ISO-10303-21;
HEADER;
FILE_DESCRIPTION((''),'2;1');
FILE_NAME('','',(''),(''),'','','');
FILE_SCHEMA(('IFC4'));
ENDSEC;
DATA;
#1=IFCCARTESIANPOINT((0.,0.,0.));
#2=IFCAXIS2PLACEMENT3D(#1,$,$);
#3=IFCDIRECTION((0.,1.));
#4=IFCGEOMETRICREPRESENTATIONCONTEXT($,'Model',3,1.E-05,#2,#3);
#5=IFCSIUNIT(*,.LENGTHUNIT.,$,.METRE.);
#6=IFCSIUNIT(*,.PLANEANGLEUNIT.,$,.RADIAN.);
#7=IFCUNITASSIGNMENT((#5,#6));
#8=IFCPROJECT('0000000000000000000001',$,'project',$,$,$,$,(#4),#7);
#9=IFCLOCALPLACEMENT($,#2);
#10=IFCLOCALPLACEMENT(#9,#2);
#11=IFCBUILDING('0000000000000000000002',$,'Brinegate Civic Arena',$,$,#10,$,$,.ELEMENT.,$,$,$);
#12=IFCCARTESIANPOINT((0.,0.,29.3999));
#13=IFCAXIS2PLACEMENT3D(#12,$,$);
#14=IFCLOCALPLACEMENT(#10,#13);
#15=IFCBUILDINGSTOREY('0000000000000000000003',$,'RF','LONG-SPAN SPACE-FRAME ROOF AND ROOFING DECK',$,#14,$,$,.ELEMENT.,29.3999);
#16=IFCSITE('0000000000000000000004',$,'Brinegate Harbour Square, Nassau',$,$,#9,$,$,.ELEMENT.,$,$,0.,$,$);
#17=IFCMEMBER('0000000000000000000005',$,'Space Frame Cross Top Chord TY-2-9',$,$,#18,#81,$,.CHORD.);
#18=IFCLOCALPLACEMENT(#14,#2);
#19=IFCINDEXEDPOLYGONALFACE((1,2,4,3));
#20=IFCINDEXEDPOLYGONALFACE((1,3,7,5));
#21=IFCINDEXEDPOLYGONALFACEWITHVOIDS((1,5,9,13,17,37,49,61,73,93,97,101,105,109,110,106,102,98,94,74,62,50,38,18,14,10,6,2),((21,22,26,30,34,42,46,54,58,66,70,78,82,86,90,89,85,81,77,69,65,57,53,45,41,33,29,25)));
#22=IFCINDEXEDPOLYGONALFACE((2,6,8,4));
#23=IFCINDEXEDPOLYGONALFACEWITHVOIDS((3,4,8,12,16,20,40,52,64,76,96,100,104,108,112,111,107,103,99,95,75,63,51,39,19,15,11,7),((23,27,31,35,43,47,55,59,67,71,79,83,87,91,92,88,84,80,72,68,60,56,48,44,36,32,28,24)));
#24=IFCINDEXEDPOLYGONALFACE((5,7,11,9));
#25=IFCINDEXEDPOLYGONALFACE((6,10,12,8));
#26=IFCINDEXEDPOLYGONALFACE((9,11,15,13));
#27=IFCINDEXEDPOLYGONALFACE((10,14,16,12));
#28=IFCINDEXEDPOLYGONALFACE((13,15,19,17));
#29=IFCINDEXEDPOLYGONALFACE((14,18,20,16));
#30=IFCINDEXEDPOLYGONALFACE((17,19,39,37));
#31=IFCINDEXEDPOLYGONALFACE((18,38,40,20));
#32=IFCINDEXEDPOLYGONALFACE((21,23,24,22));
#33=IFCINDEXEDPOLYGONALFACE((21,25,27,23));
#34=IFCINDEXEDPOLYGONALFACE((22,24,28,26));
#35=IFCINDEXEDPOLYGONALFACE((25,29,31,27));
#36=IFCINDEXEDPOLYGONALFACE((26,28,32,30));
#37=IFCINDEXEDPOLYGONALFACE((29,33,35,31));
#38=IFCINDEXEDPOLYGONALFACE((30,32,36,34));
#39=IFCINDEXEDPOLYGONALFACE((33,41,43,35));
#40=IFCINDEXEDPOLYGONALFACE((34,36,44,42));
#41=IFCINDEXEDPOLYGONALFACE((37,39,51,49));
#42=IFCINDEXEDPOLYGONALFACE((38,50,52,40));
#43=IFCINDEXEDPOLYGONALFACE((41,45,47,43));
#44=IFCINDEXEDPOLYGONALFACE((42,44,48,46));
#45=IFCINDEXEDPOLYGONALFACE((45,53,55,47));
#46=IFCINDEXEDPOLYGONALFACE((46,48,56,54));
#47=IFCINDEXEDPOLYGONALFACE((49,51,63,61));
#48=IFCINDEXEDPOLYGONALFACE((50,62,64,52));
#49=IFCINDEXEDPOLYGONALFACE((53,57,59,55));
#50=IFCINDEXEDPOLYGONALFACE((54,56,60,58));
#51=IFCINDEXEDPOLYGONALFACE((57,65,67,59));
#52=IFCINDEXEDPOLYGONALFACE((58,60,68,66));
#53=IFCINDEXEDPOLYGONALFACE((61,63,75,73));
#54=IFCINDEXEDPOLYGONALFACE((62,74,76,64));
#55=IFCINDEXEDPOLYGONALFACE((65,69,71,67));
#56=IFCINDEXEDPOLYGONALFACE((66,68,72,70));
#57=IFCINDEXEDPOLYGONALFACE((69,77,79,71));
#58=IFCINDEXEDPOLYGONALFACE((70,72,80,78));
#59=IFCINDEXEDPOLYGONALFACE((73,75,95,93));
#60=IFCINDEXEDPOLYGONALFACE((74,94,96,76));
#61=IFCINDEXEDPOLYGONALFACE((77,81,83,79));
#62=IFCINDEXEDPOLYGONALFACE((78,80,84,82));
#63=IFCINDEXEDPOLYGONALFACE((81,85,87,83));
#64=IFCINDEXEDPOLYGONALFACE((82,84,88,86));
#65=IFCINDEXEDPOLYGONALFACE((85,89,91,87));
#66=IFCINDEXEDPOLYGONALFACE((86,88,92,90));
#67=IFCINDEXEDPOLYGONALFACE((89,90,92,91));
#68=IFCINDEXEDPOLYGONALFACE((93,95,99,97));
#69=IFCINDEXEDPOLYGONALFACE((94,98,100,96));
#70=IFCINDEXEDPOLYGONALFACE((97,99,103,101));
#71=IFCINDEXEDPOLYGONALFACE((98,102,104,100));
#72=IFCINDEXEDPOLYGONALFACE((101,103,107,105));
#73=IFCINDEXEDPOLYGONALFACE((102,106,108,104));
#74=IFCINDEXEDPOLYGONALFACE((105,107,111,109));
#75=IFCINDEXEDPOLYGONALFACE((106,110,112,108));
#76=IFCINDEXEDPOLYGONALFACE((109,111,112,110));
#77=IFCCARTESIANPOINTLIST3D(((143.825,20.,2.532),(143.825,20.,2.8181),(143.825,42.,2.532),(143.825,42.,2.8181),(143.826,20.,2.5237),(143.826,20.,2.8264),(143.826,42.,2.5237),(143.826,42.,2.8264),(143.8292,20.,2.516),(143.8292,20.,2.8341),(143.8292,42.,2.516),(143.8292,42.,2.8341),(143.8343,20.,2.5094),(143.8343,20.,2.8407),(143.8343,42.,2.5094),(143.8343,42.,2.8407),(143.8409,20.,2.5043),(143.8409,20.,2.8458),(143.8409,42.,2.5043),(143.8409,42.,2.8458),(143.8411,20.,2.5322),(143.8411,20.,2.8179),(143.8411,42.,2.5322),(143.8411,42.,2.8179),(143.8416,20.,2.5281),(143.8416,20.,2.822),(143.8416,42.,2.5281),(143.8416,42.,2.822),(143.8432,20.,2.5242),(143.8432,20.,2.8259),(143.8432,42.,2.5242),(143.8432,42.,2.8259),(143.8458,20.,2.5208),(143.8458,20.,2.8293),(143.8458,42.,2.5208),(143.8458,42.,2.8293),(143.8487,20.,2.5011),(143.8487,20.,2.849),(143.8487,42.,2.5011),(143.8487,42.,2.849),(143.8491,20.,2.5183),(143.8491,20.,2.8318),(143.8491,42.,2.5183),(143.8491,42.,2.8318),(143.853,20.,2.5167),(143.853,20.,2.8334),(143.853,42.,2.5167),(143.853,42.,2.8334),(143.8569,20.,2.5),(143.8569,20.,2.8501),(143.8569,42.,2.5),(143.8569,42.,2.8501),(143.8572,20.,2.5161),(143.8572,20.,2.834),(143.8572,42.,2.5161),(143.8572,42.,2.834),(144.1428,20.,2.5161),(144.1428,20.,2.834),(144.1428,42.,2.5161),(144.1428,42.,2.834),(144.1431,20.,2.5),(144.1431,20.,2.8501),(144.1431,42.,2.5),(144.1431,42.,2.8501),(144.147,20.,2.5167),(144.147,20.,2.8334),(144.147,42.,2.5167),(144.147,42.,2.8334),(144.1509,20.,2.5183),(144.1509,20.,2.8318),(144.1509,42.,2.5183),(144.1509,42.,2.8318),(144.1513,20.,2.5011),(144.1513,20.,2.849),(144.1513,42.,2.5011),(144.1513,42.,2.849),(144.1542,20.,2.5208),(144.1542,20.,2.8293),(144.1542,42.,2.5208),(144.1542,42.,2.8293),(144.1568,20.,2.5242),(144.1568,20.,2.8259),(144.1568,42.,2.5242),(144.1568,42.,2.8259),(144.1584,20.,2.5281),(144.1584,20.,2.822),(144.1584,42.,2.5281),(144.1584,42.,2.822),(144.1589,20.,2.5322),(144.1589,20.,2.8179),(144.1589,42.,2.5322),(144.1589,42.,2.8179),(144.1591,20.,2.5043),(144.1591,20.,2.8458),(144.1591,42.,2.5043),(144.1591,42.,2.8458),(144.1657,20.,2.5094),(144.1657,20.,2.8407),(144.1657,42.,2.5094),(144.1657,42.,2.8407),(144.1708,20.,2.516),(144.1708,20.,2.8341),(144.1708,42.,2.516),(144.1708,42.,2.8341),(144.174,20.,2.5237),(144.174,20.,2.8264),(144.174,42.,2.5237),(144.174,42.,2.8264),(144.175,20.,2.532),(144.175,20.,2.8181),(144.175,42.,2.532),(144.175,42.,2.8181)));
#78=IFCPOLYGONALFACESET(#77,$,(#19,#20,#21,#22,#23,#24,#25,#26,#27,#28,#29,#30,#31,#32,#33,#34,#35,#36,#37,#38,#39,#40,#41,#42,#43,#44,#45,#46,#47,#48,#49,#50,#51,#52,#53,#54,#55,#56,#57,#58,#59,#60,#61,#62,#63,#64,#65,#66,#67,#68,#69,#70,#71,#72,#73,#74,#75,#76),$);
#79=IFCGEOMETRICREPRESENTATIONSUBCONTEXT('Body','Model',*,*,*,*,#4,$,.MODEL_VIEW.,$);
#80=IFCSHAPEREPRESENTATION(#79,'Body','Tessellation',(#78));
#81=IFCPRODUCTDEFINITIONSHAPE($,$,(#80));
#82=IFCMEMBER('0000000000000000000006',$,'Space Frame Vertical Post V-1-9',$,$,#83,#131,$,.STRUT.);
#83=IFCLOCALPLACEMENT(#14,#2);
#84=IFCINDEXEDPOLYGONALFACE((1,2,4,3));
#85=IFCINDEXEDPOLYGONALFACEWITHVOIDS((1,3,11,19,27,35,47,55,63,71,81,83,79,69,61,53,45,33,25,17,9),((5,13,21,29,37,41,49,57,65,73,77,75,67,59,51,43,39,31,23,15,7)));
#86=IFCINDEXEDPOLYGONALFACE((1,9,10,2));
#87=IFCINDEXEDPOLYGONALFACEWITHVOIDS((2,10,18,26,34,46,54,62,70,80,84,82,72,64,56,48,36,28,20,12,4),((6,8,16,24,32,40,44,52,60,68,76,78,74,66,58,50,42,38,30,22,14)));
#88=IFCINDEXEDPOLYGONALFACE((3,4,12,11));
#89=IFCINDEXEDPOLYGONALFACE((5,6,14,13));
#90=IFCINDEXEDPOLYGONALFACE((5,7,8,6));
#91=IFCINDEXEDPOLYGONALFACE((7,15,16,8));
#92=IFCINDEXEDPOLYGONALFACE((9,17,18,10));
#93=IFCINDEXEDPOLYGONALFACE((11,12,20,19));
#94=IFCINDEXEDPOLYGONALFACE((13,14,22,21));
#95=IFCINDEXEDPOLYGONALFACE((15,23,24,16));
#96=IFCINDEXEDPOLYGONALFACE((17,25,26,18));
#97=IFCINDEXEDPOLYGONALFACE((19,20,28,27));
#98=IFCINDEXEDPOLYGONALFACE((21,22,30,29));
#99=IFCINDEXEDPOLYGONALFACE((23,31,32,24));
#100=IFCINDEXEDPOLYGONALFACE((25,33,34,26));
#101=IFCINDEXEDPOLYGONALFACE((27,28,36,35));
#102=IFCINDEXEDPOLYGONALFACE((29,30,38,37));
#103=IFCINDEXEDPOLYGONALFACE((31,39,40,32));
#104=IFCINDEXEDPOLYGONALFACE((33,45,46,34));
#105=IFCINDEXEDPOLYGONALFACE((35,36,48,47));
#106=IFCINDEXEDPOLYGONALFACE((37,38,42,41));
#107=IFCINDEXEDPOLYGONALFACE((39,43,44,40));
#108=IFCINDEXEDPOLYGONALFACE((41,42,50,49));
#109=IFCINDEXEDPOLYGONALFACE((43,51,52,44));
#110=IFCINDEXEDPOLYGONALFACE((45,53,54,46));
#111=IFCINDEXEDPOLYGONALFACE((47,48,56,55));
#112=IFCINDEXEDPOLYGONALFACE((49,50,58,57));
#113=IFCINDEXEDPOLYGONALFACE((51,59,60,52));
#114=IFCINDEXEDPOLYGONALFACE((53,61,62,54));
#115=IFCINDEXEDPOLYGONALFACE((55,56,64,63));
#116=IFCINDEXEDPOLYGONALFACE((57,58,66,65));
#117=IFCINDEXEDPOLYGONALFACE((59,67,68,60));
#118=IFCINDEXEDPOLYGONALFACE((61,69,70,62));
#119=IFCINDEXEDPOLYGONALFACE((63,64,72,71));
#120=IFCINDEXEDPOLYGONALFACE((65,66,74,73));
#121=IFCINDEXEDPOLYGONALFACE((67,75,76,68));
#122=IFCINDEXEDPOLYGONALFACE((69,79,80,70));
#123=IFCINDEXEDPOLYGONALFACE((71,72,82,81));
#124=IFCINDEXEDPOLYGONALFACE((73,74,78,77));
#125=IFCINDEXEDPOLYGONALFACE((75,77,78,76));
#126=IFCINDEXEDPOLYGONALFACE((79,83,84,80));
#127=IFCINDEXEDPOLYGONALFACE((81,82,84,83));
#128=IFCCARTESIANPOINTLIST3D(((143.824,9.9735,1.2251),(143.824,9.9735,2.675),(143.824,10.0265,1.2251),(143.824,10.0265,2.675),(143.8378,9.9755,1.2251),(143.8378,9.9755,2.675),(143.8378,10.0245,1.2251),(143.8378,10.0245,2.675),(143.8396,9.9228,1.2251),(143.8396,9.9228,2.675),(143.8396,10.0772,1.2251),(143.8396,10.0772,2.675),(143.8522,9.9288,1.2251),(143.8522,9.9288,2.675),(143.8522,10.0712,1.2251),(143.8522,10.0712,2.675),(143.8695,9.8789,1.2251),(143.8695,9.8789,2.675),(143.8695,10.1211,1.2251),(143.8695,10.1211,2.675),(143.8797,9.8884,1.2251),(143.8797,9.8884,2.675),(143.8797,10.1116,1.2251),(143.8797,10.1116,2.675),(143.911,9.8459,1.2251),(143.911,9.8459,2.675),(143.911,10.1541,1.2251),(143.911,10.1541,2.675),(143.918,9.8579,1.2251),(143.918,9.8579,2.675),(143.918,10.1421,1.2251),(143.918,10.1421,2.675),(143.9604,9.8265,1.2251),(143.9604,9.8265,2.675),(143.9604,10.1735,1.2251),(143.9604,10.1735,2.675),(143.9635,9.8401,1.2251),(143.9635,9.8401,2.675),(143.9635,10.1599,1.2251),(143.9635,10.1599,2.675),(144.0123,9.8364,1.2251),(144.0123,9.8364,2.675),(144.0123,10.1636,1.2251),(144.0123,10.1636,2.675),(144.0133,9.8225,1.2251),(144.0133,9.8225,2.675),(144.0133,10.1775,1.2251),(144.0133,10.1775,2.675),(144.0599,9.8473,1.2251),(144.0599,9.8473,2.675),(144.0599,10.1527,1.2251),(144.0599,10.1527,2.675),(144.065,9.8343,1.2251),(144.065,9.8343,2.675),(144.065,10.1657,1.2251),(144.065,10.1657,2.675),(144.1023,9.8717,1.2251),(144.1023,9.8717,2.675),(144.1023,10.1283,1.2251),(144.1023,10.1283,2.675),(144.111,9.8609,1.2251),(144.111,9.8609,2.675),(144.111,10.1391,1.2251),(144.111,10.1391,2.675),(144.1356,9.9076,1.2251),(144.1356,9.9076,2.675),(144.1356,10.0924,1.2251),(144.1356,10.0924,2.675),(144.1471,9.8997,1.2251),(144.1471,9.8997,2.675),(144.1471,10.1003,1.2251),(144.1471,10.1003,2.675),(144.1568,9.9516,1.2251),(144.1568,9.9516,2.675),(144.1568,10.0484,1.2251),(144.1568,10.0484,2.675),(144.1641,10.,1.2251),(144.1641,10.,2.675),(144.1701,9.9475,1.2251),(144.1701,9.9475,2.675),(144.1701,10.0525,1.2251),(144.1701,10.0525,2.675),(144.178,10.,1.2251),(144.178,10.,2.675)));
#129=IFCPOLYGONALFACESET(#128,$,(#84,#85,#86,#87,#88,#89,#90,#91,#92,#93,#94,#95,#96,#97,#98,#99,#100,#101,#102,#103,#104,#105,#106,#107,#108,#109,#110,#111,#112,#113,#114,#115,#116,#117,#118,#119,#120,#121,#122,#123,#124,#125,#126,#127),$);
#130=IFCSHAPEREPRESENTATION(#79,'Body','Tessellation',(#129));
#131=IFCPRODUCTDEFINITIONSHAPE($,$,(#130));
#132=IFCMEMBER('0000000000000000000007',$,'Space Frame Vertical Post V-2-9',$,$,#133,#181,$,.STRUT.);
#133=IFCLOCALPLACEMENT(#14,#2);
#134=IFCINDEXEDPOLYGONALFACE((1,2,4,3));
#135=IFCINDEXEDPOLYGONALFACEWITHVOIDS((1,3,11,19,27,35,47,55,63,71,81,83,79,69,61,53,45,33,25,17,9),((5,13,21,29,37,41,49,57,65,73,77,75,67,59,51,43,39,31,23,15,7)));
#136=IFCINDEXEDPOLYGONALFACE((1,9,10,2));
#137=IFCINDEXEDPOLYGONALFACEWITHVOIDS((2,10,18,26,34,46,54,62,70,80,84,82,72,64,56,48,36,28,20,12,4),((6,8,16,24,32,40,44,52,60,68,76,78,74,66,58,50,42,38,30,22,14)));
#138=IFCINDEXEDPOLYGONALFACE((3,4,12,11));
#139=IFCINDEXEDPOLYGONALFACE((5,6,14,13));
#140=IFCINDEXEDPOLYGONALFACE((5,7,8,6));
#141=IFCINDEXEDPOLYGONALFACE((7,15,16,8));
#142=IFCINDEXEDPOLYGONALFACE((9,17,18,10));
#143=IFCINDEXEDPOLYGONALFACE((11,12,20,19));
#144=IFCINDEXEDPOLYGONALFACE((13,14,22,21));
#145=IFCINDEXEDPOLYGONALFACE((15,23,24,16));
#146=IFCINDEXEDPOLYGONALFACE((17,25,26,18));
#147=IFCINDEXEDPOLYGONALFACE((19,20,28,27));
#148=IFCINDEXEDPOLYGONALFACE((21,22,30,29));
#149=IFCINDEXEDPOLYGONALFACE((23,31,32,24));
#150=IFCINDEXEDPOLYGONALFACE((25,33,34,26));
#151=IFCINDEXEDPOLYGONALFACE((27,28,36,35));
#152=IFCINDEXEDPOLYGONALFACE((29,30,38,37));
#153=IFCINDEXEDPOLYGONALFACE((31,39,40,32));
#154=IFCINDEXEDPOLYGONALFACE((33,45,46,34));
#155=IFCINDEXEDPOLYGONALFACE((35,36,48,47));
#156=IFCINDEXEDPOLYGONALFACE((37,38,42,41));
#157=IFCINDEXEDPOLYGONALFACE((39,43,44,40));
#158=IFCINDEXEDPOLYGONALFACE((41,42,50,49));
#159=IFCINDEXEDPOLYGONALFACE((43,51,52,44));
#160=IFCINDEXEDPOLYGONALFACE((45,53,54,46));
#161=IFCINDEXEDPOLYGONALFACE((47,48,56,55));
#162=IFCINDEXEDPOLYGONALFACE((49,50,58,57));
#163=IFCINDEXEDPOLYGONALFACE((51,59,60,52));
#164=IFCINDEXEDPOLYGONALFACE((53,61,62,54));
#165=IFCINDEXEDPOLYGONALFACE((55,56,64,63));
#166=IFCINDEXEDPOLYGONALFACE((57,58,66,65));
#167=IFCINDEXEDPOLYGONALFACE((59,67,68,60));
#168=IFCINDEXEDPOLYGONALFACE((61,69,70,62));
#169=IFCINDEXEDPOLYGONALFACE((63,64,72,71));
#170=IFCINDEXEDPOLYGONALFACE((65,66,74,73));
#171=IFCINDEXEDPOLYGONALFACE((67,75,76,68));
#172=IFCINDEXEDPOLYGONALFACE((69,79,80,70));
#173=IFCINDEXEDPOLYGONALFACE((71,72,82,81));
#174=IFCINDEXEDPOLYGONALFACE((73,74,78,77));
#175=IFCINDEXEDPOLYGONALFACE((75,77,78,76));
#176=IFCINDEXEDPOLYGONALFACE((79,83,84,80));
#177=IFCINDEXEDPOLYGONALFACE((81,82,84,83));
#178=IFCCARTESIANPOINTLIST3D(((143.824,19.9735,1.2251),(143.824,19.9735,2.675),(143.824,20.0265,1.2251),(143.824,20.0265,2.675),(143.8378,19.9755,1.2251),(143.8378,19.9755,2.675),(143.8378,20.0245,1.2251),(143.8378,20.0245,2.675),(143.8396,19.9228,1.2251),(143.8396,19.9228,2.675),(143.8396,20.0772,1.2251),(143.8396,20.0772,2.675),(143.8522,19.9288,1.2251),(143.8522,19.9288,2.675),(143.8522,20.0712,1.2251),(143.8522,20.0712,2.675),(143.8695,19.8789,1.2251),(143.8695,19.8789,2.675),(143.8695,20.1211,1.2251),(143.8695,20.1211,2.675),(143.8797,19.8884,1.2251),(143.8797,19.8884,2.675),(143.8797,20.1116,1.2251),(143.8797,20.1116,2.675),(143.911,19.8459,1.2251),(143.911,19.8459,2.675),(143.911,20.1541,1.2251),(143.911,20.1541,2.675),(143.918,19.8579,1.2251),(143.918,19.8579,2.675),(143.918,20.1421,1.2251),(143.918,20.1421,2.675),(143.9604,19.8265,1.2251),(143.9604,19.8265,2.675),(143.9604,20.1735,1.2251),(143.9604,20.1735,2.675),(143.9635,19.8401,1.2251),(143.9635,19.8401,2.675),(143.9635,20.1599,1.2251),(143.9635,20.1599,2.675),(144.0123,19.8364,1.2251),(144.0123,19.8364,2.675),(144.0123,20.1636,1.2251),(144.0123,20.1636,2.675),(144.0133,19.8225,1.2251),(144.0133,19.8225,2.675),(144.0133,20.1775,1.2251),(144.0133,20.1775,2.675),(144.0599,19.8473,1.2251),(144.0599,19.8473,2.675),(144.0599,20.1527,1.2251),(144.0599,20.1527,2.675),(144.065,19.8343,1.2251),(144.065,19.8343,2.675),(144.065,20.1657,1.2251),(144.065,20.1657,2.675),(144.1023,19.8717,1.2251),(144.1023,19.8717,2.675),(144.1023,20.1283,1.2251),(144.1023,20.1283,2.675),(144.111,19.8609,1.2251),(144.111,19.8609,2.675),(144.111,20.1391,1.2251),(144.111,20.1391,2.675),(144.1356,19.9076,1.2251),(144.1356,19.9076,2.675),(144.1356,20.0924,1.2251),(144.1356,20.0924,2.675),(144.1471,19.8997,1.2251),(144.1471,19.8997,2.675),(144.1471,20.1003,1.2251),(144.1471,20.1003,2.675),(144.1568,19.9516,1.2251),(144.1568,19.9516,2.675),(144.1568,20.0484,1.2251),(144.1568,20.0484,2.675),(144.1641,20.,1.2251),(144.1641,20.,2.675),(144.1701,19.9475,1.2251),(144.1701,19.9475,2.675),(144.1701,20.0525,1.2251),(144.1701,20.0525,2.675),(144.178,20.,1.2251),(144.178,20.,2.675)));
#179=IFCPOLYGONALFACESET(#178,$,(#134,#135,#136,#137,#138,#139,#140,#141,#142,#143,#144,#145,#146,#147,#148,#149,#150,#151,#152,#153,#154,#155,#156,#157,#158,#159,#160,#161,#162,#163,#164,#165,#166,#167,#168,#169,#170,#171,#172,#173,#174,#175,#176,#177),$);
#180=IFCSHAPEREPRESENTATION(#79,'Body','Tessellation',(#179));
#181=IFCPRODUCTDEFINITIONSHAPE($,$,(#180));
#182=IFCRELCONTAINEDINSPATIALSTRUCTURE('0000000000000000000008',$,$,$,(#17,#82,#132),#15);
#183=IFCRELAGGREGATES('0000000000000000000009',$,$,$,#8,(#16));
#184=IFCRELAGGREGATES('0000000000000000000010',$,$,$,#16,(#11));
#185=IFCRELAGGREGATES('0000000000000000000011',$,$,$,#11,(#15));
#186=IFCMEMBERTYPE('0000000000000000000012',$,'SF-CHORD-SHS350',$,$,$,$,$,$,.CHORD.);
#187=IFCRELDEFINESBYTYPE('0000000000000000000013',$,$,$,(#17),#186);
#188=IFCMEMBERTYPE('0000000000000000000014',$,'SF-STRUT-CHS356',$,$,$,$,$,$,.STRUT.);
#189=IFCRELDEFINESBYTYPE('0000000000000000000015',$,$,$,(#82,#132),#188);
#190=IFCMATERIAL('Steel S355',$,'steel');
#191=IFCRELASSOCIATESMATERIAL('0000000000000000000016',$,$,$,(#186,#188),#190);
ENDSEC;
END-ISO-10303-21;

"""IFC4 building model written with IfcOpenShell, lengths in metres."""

from ifc_helpers import new_model, si_unit, direction, frame, origin, origin_2d, place, context, subcontext, project, spatial, hollow_rectangle, hollow_circle, extrude, material, material_profile, profile_set, type_object, element, save


model = new_model("IFC4")

# Units and contexts
model_context = context("Model", 3, precision=1e-05, world=origin(), true_north=direction((0.0, 1.0)))
body_context = subcontext(model_context, "Body", "Model", "MODEL_VIEW")
ifc_project = project(units=[si_unit("LENGTHUNIT", "METRE"), si_unit("PLANEANGLEUNIT", "RADIAN")], contexts=[model_context])

# Site, building, storey
site_placement = place(None, origin())
site = spatial("IfcSite", under=ifc_project, at=site_placement, Name="Brinegate Harbour Square, Nassau", CompositionType="ELEMENT", RefElevation=0.0)
building_placement = place(site_placement, origin())
building = spatial("IfcBuilding", under=site, at=building_placement, Name="Brinegate Civic Arena", CompositionType="ELEMENT")
storey_placement = place(building_placement, frame((0.0, 0.0, 29.3999)))
storey = spatial("IfcBuildingStorey", under=building, at=storey_placement, Name="RF", Description="LONG-SPAN SPACE-FRAME ROOF AND ROOFING DECK", CompositionType="ELEMENT", Elevation=29.3999)

# Shared definitions
ifc_material_1 = material(Name="Steel S355", Category="steel")

# Members
ifc_material_profile_1 = material_profile(ifc_material_1, hollow_rectangle(XDim=0.3501, YDim=0.3501, WallThickness=0.0161, InnerFilletRadius=0.0161, OuterFilletRadius=0.032, at=origin_2d()), Name="SHS350X16")
ifc_profile_set_1 = profile_set([ifc_material_profile_1], Name="Steel S355")
member_type_1 = type_object("IfcMemberType", Name="SF-CHORD-SHS350", PredefinedType="CHORD", material=ifc_profile_set_1)
member_1_placement = place(storey_placement, frame((144.0, 20.0, 2.675), z_axis=(0.0, 1.0, 0.0), x_axis=(-1.0, 0.0, 0.0)))
element("IfcMember", 1, at=member_1_placement, inside=storey, type_object=member_type_1, Name="Space Frame Cross Top Chord TY-2-9", PredefinedType="CHORD", context=body_context, shape_type="SweptSolid", body=[
    extrude(hollow_rectangle(XDim=0.3501, YDim=0.3501, WallThickness=0.0161, InnerFilletRadius=0.0161, OuterFilletRadius=0.032, at=origin_2d()), origin(), (0.0, 0.0, 1.0), 22.0),
])
ifc_material_profile_2 = material_profile(ifc_material_1, hollow_circle(Radius=0.178, WallThickness=0.0139, at=origin_2d()), Name="CHS356X14")
ifc_profile_set_2 = profile_set([ifc_material_profile_2], Name="Steel S355")
member_type_2 = type_object("IfcMemberType", Name="SF-STRUT-CHS356", PredefinedType="STRUT", material=ifc_profile_set_2)
for number, where, z_axis, x_axis, name in (
    (2, (144.0, 10.0, 1.2251), (0.0, 0.0, 1.0), (1.0, 0.0, 0.0), "Space Frame Vertical Post V-1-9"),
    (3, (144.0, 20.0, 1.2251), (0.0, 0.0, 1.0), (1.0, 0.0, 0.0), "Space Frame Vertical Post V-2-9"),
):
    element("IfcMember", number, at=place(storey_placement, frame(where, z_axis=z_axis, x_axis=x_axis)), inside=storey, type_object=member_type_2, Name=name, PredefinedType="STRUT", context=body_context, shape_type="SweptSolid", body=[
        extrude(hollow_circle(Radius=0.178, WallThickness=0.0139, at=origin_2d()), origin(), (0.0, 0.0, 1.0), 1.45),
    ])

save(model, "model.ifc")
